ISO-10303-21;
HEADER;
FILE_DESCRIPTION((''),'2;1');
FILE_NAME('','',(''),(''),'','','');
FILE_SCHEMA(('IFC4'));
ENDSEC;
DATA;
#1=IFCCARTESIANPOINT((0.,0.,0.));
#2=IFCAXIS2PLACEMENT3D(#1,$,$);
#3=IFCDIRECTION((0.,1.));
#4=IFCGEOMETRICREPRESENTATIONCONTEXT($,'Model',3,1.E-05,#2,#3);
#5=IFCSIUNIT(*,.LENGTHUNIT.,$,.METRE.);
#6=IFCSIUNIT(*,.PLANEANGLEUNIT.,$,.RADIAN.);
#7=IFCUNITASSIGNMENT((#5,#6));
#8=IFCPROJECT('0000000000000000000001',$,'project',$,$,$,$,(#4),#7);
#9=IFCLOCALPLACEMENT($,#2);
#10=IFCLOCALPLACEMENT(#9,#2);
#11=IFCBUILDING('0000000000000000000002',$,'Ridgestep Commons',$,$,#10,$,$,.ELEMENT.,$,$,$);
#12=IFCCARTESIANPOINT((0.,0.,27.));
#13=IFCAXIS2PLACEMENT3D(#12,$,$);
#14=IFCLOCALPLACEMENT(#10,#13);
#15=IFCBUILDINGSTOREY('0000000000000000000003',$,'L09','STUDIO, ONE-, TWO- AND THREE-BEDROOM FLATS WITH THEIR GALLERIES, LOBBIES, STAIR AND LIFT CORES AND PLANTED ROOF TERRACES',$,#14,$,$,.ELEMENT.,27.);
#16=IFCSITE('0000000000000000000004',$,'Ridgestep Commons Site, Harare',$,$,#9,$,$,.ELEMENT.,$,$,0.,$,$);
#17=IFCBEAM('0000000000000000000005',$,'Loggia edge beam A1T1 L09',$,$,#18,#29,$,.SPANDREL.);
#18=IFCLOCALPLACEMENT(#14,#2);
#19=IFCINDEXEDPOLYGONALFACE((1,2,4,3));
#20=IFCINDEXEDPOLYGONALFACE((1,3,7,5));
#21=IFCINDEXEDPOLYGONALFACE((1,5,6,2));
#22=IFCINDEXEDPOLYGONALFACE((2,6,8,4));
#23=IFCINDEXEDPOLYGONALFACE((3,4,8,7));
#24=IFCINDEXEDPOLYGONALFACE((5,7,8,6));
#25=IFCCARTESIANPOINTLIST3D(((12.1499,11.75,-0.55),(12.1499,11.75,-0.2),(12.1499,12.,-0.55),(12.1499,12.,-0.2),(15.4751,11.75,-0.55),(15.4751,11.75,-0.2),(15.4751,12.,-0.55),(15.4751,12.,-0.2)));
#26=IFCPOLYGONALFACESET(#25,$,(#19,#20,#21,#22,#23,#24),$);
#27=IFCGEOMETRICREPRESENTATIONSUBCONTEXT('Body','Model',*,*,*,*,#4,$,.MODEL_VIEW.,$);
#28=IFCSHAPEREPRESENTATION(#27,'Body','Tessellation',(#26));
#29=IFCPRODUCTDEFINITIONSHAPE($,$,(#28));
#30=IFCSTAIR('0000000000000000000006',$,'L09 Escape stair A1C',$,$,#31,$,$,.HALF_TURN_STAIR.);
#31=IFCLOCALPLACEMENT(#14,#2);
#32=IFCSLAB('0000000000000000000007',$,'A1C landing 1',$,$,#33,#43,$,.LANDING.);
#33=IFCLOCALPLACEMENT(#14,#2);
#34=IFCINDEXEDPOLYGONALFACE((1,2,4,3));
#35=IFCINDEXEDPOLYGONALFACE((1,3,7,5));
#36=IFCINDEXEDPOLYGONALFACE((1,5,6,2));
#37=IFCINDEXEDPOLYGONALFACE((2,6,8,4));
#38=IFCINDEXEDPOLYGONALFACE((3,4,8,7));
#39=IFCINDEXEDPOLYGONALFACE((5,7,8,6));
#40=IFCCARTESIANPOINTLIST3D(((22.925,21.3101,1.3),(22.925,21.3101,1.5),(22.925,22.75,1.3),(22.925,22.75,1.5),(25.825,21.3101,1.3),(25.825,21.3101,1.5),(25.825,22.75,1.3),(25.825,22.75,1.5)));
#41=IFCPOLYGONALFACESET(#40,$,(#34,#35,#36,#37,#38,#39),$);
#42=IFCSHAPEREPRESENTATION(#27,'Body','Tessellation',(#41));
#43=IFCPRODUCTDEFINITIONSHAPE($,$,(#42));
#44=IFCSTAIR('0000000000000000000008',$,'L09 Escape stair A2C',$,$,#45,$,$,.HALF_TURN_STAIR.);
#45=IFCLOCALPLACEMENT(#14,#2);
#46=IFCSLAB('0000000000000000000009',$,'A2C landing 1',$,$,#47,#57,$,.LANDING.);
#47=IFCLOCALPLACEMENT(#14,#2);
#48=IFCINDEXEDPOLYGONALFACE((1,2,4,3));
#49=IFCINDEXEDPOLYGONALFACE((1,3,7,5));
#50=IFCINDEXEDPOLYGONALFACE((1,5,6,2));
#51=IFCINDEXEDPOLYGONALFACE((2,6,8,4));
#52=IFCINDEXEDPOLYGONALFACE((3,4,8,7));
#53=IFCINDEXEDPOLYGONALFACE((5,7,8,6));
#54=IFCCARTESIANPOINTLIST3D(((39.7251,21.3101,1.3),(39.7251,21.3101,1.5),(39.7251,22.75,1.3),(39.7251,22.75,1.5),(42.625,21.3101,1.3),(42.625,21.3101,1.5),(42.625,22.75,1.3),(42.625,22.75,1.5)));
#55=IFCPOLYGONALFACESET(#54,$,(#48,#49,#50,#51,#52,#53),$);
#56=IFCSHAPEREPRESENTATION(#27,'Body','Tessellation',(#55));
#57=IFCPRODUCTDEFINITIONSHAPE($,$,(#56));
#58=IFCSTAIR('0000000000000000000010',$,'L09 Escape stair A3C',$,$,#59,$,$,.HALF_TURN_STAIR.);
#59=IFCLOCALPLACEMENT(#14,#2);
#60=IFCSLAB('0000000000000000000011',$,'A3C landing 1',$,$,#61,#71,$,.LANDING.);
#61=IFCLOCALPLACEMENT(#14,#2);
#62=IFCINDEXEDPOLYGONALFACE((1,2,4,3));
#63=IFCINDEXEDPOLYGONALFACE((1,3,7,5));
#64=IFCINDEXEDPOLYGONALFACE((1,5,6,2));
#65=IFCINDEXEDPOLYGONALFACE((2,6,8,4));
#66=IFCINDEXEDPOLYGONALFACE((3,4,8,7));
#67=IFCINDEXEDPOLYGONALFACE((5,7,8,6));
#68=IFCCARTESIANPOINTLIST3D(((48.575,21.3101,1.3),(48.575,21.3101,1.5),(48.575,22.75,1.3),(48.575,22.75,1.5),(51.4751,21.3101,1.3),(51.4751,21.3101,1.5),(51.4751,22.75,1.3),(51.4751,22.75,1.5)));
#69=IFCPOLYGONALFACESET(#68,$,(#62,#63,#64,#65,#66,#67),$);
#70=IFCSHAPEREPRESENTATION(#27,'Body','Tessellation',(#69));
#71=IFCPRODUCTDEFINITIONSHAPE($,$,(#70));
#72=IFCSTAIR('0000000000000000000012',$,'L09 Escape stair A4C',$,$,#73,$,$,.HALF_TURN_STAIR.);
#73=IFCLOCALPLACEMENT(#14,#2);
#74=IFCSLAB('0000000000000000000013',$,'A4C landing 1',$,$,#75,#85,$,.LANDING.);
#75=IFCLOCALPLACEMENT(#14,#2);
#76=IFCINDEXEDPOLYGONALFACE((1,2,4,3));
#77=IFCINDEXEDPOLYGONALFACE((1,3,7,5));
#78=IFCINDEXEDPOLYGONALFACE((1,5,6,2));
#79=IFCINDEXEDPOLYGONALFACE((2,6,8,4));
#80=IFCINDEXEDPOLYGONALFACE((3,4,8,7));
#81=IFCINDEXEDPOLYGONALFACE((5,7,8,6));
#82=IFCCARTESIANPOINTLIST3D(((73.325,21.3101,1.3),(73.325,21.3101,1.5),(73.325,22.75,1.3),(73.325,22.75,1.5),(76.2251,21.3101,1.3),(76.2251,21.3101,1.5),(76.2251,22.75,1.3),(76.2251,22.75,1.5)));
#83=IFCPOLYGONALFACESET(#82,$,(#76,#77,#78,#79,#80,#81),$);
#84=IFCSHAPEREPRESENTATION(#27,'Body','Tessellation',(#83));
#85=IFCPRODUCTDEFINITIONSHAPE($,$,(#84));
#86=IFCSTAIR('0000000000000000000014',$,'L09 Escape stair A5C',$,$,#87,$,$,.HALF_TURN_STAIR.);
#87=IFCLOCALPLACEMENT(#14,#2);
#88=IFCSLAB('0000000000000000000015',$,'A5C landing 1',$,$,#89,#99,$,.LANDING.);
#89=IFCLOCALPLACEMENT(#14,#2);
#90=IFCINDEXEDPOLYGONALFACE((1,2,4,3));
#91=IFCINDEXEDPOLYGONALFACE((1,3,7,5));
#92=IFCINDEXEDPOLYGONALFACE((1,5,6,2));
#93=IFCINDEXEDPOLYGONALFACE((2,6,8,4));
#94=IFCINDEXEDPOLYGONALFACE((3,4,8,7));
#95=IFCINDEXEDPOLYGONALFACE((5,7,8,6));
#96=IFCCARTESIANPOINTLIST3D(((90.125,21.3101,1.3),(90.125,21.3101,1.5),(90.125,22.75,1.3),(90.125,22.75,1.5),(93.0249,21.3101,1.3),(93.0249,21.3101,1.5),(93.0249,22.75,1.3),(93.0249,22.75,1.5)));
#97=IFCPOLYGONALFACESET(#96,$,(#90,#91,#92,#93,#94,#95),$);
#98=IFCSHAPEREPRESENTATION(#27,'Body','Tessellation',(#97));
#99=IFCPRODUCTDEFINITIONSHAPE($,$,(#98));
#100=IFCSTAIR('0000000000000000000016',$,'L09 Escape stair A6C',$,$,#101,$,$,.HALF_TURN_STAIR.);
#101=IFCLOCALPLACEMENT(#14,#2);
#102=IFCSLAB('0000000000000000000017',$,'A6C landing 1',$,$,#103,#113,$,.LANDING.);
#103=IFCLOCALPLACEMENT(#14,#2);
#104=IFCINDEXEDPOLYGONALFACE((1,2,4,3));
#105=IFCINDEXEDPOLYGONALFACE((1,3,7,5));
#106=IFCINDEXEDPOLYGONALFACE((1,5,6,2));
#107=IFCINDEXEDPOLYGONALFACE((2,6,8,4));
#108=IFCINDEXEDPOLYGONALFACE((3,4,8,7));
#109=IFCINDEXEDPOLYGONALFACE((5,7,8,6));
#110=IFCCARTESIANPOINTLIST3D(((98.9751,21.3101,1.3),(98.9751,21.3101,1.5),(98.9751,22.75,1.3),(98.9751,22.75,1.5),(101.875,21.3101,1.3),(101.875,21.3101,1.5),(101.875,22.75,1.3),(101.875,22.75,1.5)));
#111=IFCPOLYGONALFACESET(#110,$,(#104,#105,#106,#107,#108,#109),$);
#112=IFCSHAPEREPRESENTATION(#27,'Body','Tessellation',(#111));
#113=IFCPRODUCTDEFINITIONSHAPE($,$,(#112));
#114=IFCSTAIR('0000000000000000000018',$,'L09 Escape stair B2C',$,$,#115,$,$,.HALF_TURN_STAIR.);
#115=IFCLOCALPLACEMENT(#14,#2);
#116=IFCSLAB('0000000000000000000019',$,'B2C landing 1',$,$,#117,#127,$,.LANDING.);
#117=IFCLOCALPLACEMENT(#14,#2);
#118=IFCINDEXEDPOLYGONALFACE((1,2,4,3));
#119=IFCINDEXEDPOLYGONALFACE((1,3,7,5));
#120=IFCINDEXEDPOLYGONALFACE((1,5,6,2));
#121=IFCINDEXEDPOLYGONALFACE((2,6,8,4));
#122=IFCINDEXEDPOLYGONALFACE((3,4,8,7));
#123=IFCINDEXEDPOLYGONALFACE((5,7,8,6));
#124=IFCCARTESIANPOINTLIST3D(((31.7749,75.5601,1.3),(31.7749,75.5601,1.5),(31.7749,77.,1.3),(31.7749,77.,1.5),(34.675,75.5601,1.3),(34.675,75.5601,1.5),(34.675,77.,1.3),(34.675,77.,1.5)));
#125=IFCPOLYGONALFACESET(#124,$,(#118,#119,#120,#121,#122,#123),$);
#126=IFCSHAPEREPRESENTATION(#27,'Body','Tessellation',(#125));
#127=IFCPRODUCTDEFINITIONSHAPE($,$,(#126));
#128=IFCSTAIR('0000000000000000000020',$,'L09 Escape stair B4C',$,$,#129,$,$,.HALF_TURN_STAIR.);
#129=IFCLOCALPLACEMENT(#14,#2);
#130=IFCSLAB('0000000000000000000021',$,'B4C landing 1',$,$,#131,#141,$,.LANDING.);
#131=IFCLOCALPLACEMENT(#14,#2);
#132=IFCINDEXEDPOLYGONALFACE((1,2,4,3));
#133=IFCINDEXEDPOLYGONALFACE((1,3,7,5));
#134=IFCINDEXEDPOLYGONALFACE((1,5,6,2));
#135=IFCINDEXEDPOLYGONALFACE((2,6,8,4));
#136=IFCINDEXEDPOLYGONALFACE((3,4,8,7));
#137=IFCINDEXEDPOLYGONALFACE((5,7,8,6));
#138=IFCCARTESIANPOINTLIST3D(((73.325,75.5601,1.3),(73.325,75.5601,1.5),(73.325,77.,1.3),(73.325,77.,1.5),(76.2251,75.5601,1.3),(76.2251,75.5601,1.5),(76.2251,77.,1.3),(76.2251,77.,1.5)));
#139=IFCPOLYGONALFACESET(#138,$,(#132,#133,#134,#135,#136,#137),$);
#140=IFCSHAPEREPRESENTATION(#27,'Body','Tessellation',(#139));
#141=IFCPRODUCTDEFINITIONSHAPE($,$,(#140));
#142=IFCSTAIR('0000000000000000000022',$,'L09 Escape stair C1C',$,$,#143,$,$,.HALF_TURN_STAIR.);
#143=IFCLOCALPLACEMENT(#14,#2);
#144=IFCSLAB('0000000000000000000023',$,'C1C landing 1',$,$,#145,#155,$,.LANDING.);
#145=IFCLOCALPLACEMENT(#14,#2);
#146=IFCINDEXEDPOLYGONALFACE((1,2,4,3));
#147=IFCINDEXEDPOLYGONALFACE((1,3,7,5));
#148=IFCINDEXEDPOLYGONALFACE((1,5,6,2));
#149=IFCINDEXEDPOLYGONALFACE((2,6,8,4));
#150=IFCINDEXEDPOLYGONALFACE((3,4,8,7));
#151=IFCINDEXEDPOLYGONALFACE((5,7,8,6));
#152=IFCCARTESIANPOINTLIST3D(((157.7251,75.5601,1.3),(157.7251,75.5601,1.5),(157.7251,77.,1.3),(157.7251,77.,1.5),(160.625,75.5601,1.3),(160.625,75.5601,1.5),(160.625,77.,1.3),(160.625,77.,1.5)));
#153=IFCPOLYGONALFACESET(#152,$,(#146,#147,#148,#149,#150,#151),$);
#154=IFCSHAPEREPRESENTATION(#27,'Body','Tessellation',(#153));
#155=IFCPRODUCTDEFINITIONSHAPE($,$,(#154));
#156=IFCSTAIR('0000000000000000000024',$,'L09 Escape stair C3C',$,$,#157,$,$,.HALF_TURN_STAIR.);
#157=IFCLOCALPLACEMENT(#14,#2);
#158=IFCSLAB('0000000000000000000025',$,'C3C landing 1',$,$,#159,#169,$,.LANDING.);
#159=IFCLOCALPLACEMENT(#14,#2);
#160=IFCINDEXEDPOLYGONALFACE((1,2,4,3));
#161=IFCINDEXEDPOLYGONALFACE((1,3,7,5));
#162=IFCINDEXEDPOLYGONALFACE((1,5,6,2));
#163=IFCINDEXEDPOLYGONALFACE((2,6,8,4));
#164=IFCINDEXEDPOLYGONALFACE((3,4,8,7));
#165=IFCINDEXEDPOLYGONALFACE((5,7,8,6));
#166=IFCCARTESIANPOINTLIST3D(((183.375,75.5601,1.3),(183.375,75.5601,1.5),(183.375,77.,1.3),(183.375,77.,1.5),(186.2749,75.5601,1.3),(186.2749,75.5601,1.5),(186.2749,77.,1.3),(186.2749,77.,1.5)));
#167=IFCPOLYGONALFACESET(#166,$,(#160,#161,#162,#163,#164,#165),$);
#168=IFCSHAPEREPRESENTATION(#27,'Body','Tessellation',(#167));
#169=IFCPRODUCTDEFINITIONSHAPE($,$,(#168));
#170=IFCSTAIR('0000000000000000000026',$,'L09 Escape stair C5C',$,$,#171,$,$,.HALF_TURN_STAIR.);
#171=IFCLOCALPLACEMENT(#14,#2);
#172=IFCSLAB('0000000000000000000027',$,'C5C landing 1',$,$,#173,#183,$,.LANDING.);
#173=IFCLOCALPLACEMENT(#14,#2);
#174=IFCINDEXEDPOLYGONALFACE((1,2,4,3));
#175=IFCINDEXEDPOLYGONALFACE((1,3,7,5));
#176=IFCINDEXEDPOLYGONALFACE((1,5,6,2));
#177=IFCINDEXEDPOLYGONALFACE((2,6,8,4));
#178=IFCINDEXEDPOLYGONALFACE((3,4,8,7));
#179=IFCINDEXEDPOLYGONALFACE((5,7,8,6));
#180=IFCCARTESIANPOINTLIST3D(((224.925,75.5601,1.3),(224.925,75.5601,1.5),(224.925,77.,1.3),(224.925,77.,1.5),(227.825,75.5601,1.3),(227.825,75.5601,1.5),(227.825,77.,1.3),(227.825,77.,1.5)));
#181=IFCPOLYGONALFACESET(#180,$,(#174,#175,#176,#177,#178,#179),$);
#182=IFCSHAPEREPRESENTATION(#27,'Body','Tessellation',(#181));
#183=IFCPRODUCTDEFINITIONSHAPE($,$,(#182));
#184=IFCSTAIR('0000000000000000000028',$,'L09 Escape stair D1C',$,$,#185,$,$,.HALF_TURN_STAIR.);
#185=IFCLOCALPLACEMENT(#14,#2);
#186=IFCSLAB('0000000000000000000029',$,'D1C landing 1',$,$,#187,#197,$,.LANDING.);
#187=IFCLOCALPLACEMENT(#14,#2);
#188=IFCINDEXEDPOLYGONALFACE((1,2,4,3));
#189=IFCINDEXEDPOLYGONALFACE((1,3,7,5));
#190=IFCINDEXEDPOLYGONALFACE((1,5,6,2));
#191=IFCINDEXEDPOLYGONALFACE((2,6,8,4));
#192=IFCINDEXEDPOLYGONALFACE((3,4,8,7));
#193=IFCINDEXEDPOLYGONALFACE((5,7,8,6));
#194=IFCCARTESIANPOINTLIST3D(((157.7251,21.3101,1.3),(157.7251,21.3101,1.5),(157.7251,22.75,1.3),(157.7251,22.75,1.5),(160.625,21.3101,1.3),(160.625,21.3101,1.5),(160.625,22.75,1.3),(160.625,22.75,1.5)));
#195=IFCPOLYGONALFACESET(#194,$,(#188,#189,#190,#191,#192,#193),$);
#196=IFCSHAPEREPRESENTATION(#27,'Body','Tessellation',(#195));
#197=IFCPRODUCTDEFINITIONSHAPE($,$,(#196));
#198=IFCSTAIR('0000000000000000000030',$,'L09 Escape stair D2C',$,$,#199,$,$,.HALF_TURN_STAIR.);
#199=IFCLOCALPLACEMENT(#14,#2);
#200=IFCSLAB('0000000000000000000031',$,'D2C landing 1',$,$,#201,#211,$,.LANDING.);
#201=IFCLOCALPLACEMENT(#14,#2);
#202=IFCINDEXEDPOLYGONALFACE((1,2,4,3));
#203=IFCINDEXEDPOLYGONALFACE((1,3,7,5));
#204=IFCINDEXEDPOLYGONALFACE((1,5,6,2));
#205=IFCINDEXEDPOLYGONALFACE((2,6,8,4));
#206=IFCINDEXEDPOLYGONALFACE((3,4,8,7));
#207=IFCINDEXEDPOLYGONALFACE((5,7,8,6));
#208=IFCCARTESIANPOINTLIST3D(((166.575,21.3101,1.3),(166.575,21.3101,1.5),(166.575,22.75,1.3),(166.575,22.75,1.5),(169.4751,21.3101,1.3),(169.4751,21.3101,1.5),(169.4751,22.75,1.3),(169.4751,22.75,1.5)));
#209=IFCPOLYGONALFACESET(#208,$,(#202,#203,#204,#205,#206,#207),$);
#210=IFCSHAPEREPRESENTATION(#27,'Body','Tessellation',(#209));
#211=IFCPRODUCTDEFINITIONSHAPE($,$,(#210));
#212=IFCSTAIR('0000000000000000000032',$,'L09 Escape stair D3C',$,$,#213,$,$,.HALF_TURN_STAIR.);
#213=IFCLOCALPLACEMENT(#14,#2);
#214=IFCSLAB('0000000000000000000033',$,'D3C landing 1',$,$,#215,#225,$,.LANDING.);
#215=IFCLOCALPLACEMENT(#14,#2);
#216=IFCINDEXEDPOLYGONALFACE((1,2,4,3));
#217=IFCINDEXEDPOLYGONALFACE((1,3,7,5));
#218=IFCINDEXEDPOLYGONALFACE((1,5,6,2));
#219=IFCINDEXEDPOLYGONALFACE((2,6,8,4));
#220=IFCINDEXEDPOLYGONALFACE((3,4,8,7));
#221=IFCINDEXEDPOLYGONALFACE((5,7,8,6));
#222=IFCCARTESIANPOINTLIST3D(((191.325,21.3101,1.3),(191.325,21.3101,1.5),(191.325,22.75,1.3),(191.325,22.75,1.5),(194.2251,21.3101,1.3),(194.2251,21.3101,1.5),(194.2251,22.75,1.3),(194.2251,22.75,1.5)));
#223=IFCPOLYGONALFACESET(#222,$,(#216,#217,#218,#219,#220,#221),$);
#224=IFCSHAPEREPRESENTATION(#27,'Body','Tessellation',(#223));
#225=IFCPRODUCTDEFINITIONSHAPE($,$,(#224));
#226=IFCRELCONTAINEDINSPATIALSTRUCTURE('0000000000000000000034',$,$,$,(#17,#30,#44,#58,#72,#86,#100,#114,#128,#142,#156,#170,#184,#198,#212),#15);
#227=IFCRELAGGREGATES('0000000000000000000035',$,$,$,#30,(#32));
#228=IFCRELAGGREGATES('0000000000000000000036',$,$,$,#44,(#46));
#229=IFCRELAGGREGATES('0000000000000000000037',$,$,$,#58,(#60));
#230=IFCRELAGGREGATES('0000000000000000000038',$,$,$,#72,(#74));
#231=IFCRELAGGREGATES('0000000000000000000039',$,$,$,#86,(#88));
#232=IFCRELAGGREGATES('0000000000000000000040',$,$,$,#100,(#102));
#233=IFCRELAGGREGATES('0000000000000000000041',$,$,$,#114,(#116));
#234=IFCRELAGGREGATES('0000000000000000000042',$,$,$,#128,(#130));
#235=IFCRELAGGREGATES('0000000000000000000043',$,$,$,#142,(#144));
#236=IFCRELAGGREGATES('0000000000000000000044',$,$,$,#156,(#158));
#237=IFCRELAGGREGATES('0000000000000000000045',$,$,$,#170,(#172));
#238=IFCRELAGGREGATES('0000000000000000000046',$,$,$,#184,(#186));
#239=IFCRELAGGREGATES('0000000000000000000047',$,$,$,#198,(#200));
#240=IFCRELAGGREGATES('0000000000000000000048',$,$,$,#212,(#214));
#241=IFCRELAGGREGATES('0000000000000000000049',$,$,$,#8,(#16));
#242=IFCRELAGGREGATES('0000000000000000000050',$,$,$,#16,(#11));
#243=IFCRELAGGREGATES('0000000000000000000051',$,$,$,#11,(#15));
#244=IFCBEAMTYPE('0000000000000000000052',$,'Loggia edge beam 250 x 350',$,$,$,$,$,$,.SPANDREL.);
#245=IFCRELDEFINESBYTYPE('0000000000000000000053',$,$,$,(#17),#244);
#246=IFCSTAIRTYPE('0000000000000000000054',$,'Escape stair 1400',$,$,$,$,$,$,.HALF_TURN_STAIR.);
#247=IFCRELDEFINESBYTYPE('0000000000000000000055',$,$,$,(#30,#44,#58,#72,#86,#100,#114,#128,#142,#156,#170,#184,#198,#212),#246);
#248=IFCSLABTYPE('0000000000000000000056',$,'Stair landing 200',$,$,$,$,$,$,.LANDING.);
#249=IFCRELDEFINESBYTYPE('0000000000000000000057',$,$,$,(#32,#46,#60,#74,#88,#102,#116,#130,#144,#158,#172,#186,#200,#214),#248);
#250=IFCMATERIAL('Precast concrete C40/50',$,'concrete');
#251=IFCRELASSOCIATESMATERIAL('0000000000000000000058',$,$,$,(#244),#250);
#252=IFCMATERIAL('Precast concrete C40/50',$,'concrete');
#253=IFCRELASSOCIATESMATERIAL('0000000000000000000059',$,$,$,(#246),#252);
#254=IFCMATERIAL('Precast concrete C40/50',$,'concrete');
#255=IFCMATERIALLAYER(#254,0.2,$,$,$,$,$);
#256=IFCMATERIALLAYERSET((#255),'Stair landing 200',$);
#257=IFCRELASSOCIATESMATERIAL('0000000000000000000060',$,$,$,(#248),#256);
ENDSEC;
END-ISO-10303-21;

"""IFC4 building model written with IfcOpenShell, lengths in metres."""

from ifc_helpers import new_model, si_unit, direction, frame, origin, origin_2d, place, context, subcontext, project, spatial, polyline, rectangle, outline, extrude, material, layer, layer_set, material_profile, profile_set, type_object, element, aggregate, save


model = new_model("IFC4")

# Units and contexts
model_context = context("Model", 3, precision=1e-05, world=origin(), true_north=direction((0.0, 1.0)))
body_context = subcontext(model_context, "Body", "Model", "MODEL_VIEW")
ifc_project = project(units=[si_unit("LENGTHUNIT", "METRE"), si_unit("PLANEANGLEUNIT", "RADIAN")], contexts=[model_context])

# Site, building, storey
site_placement = place(None, origin())
site = spatial("IfcSite", under=ifc_project, at=site_placement, Name="Ridgestep Commons Site, Harare", CompositionType="ELEMENT", RefElevation=0.0)
building_placement = place(site_placement, origin())
building = spatial("IfcBuilding", under=site, at=building_placement, Name="Ridgestep Commons", CompositionType="ELEMENT")
storey_placement = place(building_placement, frame((0.0, 0.0, 27.0)))
storey = spatial("IfcBuildingStorey", under=building, at=storey_placement, Name="L09", Description="STUDIO, ONE-, TWO- AND THREE-BEDROOM FLATS WITH THEIR GALLERIES, LOBBIES, STAIR AND LIFT CORES AND PLANTED ROOF TERRACES", CompositionType="ELEMENT", Elevation=27.0)

# Beam
ifc_material_1 = material(Name="Precast concrete C40/50", Category="concrete")
ifc_material_profile = material_profile(ifc_material_1, rectangle(XDim=0.25, YDim=0.3501, at=origin_2d()), Name="PC 250x350")
ifc_profile_set = profile_set([ifc_material_profile], Name="Precast concrete C40/50")
beam_type = type_object("IfcBeamType", Name="Loggia edge beam 250 x 350", PredefinedType="SPANDREL", material=ifc_profile_set)
beam_placement = place(storey_placement, frame((12.1499, 11.875, -0.375), z_axis=(1.0, 0.0, 0.0), x_axis=(0.0, 1.0, 0.0)))
element("IfcBeam", 1, at=beam_placement, inside=storey, type_object=beam_type, Name="Loggia edge beam A1T1 L09", PredefinedType="SPANDREL", context=body_context, shape_type="SweptSolid", body=[
    extrude(rectangle(XDim=0.25, YDim=0.3501, at=origin_2d()), origin(), (0.0, 0.0, 1.0), 3.3252),
])

# Stairs, slabs
ifc_material_2 = material(Name="Precast concrete C40/50", Category="concrete")
stair_type = type_object("IfcStairType", Name="Escape stair 1400", PredefinedType="HALF_TURN_STAIR", material=ifc_material_2)
stair_1_placement = place(storey_placement, origin())
stair_1 = element("IfcStair", 2, at=stair_1_placement, inside=storey, type_object=stair_type, Name="L09 Escape stair A1C", PredefinedType="HALF_TURN_STAIR")
ifc_material_3 = material(Name="Precast concrete C40/50", Category="concrete")
ifc_layer_1 = layer(ifc_material_3, 0.2)
ifc_layer_set_1 = layer_set([ifc_layer_1], Name="Stair landing 200")
slab_type = type_object("IfcSlabType", Name="Stair landing 200", PredefinedType="LANDING", material=ifc_layer_set_1)
slab_1_placement = place(storey_placement, frame((0.0, 0.0, 1.3)))
slab_1 = element("IfcSlab", 3, at=slab_1_placement, type_object=slab_type, Name="A1C landing 1", PredefinedType="LANDING", context=body_context, shape_type="SweptSolid", body=[
    extrude(outline(polyline([(25.825, 21.3101), (25.825, 22.75), (22.925, 22.75), (22.925, 21.3101), (25.825, 21.3101)])), origin(), (0.0, 0.0, 1.0), 0.2),
])
aggregate(stair_1, [slab_1])
stair_2_placement = place(storey_placement, origin())
stair_2 = element("IfcStair", 4, at=stair_2_placement, inside=storey, type_object=stair_type, Name="L09 Escape stair A2C", PredefinedType="HALF_TURN_STAIR")
slab_2_placement = place(storey_placement, frame((0.0, 0.0, 1.3)))
slab_2 = element("IfcSlab", 5, at=slab_2_placement, type_object=slab_type, Name="A2C landing 1", PredefinedType="LANDING", context=body_context, shape_type="SweptSolid", body=[
    extrude(outline(polyline([(42.625, 21.3101), (42.625, 22.75), (39.7251, 22.75), (39.7251, 21.3101), (42.625, 21.3101)])), origin(), (0.0, 0.0, 1.0), 0.2),
])
aggregate(stair_2, [slab_2])
stair_3_placement = place(storey_placement, origin())
stair_3 = element("IfcStair", 6, at=stair_3_placement, inside=storey, type_object=stair_type, Name="L09 Escape stair A3C", PredefinedType="HALF_TURN_STAIR")
slab_3_placement = place(storey_placement, frame((0.0, 0.0, 1.3)))
slab_3 = element("IfcSlab", 7, at=slab_3_placement, type_object=slab_type, Name="A3C landing 1", PredefinedType="LANDING", context=body_context, shape_type="SweptSolid", body=[
    extrude(outline(polyline([(51.4751, 21.3101), (51.4751, 22.75), (48.575, 22.75), (48.575, 21.3101), (51.4751, 21.3101)])), origin(), (0.0, 0.0, 1.0), 0.2),
])
aggregate(stair_3, [slab_3])
stair_4_placement = place(storey_placement, origin())
stair_4 = element("IfcStair", 8, at=stair_4_placement, inside=storey, type_object=stair_type, Name="L09 Escape stair A4C", PredefinedType="HALF_TURN_STAIR")
slab_4_placement = place(storey_placement, frame((0.0, 0.0, 1.3)))
slab_4 = element("IfcSlab", 9, at=slab_4_placement, type_object=slab_type, Name="A4C landing 1", PredefinedType="LANDING", context=body_context, shape_type="SweptSolid", body=[
    extrude(outline(polyline([(76.2251, 21.3101), (76.2251, 22.75), (73.325, 22.75), (73.325, 21.3101), (76.2251, 21.3101)])), origin(), (0.0, 0.0, 1.0), 0.2),
])
aggregate(stair_4, [slab_4])
stair_5_placement = place(storey_placement, origin())
stair_5 = element("IfcStair", 10, at=stair_5_placement, inside=storey, type_object=stair_type, Name="L09 Escape stair A5C", PredefinedType="HALF_TURN_STAIR")
slab_5_placement = place(storey_placement, frame((0.0, 0.0, 1.3)))
slab_5 = element("IfcSlab", 11, at=slab_5_placement, type_object=slab_type, Name="A5C landing 1", PredefinedType="LANDING", context=body_context, shape_type="SweptSolid", body=[
    extrude(outline(polyline([(93.0249, 21.3101), (93.0249, 22.75), (90.125, 22.75), (90.125, 21.3101), (93.0249, 21.3101)])), origin(), (0.0, 0.0, 1.0), 0.2),
])
aggregate(stair_5, [slab_5])
stair_6_placement = place(storey_placement, origin())
stair_6 = element("IfcStair", 12, at=stair_6_placement, inside=storey, type_object=stair_type, Name="L09 Escape stair A6C", PredefinedType="HALF_TURN_STAIR")
slab_6_placement = place(storey_placement, frame((0.0, 0.0, 1.3)))
slab_6 = element("IfcSlab", 13, at=slab_6_placement, type_object=slab_type, Name="A6C landing 1", PredefinedType="LANDING", context=body_context, shape_type="SweptSolid", body=[
    extrude(outline(polyline([(101.875, 21.3101), (101.875, 22.75), (98.9751, 22.75), (98.9751, 21.3101), (101.875, 21.3101)])), origin(), (0.0, 0.0, 1.0), 0.2),
])
aggregate(stair_6, [slab_6])
stair_7_placement = place(storey_placement, origin())
stair_7 = element("IfcStair", 14, at=stair_7_placement, inside=storey, type_object=stair_type, Name="L09 Escape stair B2C", PredefinedType="HALF_TURN_STAIR")
slab_7_placement = place(storey_placement, frame((0.0, 0.0, 1.3)))
slab_7 = element("IfcSlab", 15, at=slab_7_placement, type_object=slab_type, Name="B2C landing 1", PredefinedType="LANDING", context=body_context, shape_type="SweptSolid", body=[
    extrude(outline(polyline([(34.675, 75.5601), (34.675, 77.0), (31.7749, 77.0), (31.7749, 75.5601), (34.675, 75.5601)])), origin(), (0.0, 0.0, 1.0), 0.2),
])
aggregate(stair_7, [slab_7])
stair_8_placement = place(storey_placement, origin())
stair_8 = element("IfcStair", 16, at=stair_8_placement, inside=storey, type_object=stair_type, Name="L09 Escape stair B4C", PredefinedType="HALF_TURN_STAIR")
slab_8_placement = place(storey_placement, frame((0.0, 0.0, 1.3)))
slab_8 = element("IfcSlab", 17, at=slab_8_placement, type_object=slab_type, Name="B4C landing 1", PredefinedType="LANDING", context=body_context, shape_type="SweptSolid", body=[
    extrude(outline(polyline([(76.2251, 75.5601), (76.2251, 77.0), (73.325, 77.0), (73.325, 75.5601), (76.2251, 75.5601)])), origin(), (0.0, 0.0, 1.0), 0.2),
])
aggregate(stair_8, [slab_8])
stair_9_placement = place(storey_placement, origin())
stair_9 = element("IfcStair", 18, at=stair_9_placement, inside=storey, type_object=stair_type, Name="L09 Escape stair C1C", PredefinedType="HALF_TURN_STAIR")
slab_9_placement = place(storey_placement, frame((0.0, 0.0, 1.3)))
slab_9 = element("IfcSlab", 19, at=slab_9_placement, type_object=slab_type, Name="C1C landing 1", PredefinedType="LANDING", context=body_context, shape_type="SweptSolid", body=[
    extrude(outline(polyline([(160.625, 75.5601), (160.625, 77.0), (157.7251, 77.0), (157.7251, 75.5601), (160.625, 75.5601)])), origin(), (0.0, 0.0, 1.0), 0.2),
])
aggregate(stair_9, [slab_9])
stair_10_placement = place(storey_placement, origin())
stair_10 = element("IfcStair", 20, at=stair_10_placement, inside=storey, type_object=stair_type, Name="L09 Escape stair C3C", PredefinedType="HALF_TURN_STAIR")
slab_10_placement = place(storey_placement, frame((0.0, 0.0, 1.3)))
slab_10 = element("IfcSlab", 21, at=slab_10_placement, type_object=slab_type, Name="C3C landing 1", PredefinedType="LANDING", context=body_context, shape_type="SweptSolid", body=[
    extrude(outline(polyline([(186.2749, 75.5601), (186.2749, 77.0), (183.375, 77.0), (183.375, 75.5601), (186.2749, 75.5601)])), origin(), (0.0, 0.0, 1.0), 0.2),
])
aggregate(stair_10, [slab_10])
stair_11_placement = place(storey_placement, origin())
stair_11 = element("IfcStair", 22, at=stair_11_placement, inside=storey, type_object=stair_type, Name="L09 Escape stair C5C", PredefinedType="HALF_TURN_STAIR")
slab_11_placement = place(storey_placement, frame((0.0, 0.0, 1.3)))
slab_11 = element("IfcSlab", 23, at=slab_11_placement, type_object=slab_type, Name="C5C landing 1", PredefinedType="LANDING", context=body_context, shape_type="SweptSolid", body=[
    extrude(outline(polyline([(227.825, 75.5601), (227.825, 77.0), (224.925, 77.0), (224.925, 75.5601), (227.825, 75.5601)])), origin(), (0.0, 0.0, 1.0), 0.2),
])
aggregate(stair_11, [slab_11])
stair_12_placement = place(storey_placement, origin())
stair_12 = element("IfcStair", 24, at=stair_12_placement, inside=storey, type_object=stair_type, Name="L09 Escape stair D1C", PredefinedType="HALF_TURN_STAIR")
slab_12_placement = place(storey_placement, frame((0.0, 0.0, 1.3)))
slab_12 = element("IfcSlab", 25, at=slab_12_placement, type_object=slab_type, Name="D1C landing 1", PredefinedType="LANDING", context=body_context, shape_type="SweptSolid", body=[
    extrude(outline(polyline([(160.625, 21.3101), (160.625, 22.75), (157.7251, 22.75), (157.7251, 21.3101), (160.625, 21.3101)])), origin(), (0.0, 0.0, 1.0), 0.2),
])
aggregate(stair_12, [slab_12])
stair_13_placement = place(storey_placement, origin())
stair_13 = element("IfcStair", 26, at=stair_13_placement, inside=storey, type_object=stair_type, Name="L09 Escape stair D2C", PredefinedType="HALF_TURN_STAIR")
slab_13_placement = place(storey_placement, frame((0.0, 0.0, 1.3)))
slab_13 = element("IfcSlab", 27, at=slab_13_placement, type_object=slab_type, Name="D2C landing 1", PredefinedType="LANDING", context=body_context, shape_type="SweptSolid", body=[
    extrude(outline(polyline([(169.4751, 21.3101), (169.4751, 22.75), (166.575, 22.75), (166.575, 21.3101), (169.4751, 21.3101)])), origin(), (0.0, 0.0, 1.0), 0.2),
])
aggregate(stair_13, [slab_13])
stair_14_placement = place(storey_placement, origin())
stair_14 = element("IfcStair", 28, at=stair_14_placement, inside=storey, type_object=stair_type, Name="L09 Escape stair D3C", PredefinedType="HALF_TURN_STAIR")
slab_14_placement = place(storey_placement, frame((0.0, 0.0, 1.3)))
slab_14 = element("IfcSlab", 29, at=slab_14_placement, type_object=slab_type, Name="D3C landing 1", PredefinedType="LANDING", context=body_context, shape_type="SweptSolid", body=[
    extrude(outline(polyline([(194.2251, 21.3101), (194.2251, 22.75), (191.325, 22.75), (191.325, 21.3101), (194.2251, 21.3101)])), origin(), (0.0, 0.0, 1.0), 0.2),
])
aggregate(stair_14, [slab_14])

save(model, "model.ifc")
